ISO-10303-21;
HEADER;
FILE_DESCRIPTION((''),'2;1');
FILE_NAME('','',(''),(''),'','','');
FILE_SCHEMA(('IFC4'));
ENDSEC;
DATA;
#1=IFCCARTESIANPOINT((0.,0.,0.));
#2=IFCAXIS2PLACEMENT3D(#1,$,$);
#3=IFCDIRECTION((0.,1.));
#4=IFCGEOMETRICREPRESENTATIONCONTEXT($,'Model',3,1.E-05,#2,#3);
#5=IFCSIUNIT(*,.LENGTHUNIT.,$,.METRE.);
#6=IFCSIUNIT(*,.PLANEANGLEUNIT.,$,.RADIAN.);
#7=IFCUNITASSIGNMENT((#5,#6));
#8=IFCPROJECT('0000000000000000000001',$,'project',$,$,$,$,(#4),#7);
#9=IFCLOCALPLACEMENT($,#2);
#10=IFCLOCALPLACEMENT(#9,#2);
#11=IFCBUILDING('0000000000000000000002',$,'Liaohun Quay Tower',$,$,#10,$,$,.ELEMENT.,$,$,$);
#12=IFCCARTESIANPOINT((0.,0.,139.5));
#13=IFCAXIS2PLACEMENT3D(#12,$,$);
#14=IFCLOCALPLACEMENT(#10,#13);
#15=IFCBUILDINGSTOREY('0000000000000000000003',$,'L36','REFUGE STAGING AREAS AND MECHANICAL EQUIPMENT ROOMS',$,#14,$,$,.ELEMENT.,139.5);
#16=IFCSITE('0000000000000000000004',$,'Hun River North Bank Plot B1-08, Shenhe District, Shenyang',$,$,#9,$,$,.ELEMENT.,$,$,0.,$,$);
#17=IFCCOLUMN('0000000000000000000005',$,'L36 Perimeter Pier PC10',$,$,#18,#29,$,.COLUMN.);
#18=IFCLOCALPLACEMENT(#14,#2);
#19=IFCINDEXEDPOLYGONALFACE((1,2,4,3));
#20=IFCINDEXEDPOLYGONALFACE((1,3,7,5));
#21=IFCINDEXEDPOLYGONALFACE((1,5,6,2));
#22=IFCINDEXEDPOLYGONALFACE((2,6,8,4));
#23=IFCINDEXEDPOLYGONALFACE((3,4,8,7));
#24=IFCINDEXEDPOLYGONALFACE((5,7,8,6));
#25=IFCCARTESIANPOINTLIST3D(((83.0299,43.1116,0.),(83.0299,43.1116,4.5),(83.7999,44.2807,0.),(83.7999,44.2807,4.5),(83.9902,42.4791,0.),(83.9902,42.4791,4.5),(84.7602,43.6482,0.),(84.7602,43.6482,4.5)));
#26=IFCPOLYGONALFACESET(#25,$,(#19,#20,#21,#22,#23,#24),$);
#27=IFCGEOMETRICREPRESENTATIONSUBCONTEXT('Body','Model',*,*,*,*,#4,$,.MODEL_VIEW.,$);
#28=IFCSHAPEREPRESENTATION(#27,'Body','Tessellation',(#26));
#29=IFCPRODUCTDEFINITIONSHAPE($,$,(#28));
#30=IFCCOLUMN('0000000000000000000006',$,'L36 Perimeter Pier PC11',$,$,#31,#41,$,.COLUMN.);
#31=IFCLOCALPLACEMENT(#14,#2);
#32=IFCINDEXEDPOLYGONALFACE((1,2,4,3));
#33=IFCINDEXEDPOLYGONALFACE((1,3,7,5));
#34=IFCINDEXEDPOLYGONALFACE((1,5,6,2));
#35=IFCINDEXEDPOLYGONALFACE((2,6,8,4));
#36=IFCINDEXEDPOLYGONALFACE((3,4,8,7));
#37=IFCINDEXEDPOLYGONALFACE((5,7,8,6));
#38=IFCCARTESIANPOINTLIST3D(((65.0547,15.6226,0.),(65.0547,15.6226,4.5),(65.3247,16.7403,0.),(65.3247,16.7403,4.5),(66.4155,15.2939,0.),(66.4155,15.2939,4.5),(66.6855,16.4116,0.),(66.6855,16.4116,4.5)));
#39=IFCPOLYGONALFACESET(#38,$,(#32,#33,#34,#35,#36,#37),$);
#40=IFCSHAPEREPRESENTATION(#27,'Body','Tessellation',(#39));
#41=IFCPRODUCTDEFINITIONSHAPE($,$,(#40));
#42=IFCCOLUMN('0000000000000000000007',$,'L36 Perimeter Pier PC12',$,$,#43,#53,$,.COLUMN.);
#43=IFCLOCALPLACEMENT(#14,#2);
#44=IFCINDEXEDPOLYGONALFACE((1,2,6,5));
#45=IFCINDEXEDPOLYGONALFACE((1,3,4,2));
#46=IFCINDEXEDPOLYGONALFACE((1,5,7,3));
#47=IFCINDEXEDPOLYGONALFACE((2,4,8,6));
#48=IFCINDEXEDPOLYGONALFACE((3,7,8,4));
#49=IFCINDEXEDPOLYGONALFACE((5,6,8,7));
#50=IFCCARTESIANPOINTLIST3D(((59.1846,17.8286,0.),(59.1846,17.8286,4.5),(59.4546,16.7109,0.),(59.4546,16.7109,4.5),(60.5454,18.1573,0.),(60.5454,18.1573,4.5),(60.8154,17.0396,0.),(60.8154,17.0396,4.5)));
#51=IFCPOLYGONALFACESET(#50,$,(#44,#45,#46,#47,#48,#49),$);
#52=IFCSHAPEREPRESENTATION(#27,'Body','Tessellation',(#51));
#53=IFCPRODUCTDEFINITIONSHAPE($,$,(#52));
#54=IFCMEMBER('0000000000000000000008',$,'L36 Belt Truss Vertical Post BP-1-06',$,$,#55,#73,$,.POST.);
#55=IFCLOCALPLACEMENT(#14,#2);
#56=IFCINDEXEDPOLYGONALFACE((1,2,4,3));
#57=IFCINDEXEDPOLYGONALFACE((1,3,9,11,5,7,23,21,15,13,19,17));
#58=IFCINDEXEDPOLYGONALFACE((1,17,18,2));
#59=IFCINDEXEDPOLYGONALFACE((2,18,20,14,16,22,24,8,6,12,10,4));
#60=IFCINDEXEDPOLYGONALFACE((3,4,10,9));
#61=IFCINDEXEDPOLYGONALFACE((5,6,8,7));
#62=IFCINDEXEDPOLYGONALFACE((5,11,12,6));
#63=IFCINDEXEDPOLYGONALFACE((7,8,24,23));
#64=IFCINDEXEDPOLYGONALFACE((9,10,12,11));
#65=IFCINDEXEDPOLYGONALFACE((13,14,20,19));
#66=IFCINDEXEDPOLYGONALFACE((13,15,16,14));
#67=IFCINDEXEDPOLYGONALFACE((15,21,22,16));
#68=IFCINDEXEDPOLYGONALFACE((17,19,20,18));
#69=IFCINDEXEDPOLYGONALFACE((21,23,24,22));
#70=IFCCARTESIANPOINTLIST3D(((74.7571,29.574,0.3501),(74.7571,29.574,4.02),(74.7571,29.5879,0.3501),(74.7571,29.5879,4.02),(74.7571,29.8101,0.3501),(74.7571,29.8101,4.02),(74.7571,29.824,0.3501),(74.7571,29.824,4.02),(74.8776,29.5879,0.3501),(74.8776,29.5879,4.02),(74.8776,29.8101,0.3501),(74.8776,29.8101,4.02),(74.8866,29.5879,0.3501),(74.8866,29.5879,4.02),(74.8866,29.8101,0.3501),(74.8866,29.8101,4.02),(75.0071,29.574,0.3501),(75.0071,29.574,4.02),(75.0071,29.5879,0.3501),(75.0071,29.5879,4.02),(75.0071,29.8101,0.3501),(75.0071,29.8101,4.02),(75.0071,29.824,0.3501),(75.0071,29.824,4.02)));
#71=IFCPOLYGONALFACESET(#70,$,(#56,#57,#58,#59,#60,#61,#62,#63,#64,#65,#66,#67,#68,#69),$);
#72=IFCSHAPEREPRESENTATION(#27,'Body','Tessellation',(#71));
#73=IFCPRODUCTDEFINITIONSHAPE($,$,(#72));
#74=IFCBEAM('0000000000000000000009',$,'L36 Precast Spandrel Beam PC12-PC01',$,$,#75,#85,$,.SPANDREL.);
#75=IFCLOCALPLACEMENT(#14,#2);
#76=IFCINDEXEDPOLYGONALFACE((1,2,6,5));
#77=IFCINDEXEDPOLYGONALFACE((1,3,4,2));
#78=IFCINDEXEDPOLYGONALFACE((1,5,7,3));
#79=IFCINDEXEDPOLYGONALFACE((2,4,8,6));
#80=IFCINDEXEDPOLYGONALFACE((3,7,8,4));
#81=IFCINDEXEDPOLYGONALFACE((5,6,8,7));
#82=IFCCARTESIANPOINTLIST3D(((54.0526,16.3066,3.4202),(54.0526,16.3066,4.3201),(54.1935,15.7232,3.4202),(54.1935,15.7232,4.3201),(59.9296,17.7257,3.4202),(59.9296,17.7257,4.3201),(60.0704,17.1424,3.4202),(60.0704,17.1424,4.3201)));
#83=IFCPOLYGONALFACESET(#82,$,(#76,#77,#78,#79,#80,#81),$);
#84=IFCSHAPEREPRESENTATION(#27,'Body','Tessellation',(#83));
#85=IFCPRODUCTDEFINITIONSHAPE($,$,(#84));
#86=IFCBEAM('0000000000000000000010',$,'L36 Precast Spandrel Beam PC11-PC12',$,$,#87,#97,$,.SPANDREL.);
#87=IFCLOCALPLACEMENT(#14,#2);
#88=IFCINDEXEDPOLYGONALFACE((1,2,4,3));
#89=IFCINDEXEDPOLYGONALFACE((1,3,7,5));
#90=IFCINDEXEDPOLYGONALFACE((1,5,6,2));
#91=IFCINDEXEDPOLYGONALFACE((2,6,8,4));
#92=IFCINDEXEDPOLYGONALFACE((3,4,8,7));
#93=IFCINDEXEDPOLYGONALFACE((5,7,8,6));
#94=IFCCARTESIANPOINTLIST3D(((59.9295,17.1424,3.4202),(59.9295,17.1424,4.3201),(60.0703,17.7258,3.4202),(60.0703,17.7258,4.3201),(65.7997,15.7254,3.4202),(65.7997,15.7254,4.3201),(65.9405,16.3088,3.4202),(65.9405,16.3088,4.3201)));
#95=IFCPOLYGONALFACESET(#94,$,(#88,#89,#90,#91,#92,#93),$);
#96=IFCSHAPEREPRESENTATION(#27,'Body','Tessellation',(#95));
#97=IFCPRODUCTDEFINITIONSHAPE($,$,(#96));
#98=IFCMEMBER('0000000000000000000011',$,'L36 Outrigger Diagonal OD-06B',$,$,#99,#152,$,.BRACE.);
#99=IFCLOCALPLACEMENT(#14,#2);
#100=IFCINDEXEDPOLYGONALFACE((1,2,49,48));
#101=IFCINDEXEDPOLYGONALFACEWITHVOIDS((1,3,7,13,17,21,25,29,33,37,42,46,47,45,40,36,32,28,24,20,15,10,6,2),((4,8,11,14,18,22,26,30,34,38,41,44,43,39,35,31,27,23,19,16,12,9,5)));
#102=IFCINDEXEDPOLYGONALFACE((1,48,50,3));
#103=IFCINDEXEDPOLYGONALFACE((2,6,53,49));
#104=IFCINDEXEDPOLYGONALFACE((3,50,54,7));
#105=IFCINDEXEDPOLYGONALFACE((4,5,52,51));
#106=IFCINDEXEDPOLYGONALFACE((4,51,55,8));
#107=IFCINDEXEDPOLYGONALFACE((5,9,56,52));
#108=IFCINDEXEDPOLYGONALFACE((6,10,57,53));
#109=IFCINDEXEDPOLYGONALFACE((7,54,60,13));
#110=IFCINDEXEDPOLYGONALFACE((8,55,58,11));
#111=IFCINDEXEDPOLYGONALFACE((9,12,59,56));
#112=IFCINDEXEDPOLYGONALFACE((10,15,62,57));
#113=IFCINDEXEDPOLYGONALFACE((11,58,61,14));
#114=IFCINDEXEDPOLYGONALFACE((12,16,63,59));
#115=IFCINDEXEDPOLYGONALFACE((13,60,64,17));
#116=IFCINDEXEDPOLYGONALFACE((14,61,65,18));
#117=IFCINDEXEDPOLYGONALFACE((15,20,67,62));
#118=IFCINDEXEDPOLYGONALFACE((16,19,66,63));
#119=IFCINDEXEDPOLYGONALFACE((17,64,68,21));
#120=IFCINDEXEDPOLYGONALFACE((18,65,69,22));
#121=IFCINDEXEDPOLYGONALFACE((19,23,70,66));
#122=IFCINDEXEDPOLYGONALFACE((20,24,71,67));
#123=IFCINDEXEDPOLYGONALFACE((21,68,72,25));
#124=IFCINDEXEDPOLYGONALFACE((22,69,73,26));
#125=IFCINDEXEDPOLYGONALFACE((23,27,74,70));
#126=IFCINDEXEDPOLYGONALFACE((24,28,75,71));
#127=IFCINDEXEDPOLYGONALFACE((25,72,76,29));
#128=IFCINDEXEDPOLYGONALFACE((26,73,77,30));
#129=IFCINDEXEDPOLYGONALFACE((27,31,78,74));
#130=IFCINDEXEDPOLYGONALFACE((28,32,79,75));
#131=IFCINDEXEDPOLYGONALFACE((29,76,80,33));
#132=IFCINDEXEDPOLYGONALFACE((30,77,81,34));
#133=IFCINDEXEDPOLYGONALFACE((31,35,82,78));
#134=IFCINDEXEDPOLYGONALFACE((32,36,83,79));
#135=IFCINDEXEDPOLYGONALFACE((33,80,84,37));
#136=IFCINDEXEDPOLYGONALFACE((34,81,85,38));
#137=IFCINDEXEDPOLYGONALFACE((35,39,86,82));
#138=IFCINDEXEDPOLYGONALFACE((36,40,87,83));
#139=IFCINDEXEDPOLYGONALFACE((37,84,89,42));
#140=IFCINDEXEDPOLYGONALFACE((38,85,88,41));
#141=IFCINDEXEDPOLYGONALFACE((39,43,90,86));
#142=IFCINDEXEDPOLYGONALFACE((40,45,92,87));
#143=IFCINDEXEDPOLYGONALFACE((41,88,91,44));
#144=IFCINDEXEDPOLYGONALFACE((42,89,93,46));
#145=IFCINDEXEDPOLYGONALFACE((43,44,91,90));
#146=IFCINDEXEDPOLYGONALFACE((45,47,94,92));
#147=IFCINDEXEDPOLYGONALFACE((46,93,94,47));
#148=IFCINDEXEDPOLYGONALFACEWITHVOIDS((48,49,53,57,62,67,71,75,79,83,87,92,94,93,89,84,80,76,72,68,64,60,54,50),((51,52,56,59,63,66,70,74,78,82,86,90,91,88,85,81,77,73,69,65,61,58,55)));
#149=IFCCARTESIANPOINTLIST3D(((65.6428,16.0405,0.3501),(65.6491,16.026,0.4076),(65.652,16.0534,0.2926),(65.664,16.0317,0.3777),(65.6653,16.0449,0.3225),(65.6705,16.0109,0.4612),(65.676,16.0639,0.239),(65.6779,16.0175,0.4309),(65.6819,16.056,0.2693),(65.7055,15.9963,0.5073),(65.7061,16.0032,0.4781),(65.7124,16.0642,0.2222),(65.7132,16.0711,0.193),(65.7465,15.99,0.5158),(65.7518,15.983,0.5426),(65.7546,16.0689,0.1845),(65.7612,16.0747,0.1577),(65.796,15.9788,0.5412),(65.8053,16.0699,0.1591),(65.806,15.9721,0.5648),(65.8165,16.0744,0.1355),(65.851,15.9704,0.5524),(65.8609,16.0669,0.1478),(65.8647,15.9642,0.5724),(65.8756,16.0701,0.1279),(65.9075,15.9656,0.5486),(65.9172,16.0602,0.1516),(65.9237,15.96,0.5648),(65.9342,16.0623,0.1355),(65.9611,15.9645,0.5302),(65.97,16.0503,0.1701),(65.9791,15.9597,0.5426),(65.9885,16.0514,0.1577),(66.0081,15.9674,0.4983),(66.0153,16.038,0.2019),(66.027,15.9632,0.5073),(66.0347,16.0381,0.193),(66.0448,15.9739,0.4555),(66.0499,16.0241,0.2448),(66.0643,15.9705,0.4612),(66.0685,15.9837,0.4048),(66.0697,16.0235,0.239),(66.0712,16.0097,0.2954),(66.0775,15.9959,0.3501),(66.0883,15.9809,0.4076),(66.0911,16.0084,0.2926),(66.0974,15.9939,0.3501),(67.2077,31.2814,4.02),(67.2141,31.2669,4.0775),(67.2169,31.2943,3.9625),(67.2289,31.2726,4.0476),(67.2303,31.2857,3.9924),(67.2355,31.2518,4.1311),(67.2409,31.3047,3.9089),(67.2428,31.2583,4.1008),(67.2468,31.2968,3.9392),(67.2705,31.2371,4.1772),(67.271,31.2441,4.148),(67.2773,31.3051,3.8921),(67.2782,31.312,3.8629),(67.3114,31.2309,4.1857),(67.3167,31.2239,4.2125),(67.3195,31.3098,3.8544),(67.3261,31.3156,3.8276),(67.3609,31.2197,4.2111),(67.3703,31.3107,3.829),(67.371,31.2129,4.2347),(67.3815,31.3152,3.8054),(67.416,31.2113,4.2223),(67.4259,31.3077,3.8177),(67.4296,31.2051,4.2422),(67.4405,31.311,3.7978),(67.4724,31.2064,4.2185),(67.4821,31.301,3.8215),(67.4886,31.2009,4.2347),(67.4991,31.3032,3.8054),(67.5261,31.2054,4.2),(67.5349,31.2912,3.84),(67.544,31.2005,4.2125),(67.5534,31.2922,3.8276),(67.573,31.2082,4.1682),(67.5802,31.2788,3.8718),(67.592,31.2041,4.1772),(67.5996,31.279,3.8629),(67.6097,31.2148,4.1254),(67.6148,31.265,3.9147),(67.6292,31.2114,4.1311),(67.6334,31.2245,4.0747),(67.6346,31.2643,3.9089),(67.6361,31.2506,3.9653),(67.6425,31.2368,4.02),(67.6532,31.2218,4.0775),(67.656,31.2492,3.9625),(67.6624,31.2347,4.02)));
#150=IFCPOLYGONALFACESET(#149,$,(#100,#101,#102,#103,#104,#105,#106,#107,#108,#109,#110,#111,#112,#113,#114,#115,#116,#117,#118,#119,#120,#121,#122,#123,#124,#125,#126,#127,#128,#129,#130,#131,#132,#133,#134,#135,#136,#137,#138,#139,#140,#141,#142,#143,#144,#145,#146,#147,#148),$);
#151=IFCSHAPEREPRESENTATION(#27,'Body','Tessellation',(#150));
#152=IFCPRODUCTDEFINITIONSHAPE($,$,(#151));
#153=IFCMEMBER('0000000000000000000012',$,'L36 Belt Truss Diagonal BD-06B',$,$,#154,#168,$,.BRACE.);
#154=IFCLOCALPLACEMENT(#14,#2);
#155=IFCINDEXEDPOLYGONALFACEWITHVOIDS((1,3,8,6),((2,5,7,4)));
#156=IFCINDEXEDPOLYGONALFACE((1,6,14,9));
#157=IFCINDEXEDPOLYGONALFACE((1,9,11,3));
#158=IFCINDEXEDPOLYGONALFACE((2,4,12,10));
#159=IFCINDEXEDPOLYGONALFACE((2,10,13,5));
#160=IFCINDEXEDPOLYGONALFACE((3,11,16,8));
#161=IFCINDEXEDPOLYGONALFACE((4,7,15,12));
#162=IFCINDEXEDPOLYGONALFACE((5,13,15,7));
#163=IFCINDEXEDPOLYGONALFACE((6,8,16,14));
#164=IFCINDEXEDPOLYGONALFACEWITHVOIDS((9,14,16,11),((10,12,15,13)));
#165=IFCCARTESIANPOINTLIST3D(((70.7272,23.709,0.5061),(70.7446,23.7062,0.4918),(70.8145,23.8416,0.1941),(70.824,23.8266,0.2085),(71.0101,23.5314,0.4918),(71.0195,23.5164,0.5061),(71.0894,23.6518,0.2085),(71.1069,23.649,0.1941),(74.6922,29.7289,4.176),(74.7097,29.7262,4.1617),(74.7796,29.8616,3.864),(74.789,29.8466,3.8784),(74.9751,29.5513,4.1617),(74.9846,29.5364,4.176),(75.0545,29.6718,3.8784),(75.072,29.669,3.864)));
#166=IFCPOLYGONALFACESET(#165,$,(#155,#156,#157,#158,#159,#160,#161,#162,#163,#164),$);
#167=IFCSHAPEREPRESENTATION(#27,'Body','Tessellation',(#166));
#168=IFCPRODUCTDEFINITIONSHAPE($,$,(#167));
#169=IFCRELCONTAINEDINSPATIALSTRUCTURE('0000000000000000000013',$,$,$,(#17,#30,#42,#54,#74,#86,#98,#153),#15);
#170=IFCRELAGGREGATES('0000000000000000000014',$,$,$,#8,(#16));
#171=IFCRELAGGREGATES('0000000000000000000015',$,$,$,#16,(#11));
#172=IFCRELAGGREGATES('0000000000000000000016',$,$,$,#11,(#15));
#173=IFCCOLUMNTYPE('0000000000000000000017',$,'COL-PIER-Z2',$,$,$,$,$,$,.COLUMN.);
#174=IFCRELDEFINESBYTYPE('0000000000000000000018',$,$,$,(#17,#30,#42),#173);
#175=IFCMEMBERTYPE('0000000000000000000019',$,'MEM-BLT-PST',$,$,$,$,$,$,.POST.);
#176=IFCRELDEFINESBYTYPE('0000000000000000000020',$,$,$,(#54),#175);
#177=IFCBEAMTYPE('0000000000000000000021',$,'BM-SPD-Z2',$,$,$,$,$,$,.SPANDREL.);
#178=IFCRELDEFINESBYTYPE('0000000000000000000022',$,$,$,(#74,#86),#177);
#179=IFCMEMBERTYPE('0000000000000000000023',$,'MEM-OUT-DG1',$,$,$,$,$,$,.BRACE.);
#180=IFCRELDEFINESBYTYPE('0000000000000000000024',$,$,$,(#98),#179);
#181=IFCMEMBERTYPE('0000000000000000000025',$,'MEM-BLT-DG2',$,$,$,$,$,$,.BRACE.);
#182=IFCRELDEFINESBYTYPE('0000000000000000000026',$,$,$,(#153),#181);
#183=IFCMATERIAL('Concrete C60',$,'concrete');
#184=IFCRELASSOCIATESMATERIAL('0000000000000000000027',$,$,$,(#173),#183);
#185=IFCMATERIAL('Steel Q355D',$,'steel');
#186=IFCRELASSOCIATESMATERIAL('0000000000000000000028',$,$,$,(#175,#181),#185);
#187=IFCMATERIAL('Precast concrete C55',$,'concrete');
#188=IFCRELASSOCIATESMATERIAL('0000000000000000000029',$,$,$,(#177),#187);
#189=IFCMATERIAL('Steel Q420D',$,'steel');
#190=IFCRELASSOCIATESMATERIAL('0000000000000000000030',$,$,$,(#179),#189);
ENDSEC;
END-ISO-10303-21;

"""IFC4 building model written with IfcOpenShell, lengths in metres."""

from ifc_helpers import new_model, si_unit, direction, frame, origin, origin_2d, place, context, subcontext, project, spatial, rectangle, hollow_rectangle, hollow_circle, i_section, extrude, source, transform, mapped, material, material_profile, profile_set, type_object, element, save


model = new_model("IFC4")

# Units and contexts
model_context = context("Model", 3, precision=1e-05, world=origin(), true_north=direction((0.0, 1.0)))
body_context = subcontext(model_context, "Body", "Model", "MODEL_VIEW")
ifc_project = project(units=[si_unit("LENGTHUNIT", "METRE"), si_unit("PLANEANGLEUNIT", "RADIAN")], contexts=[model_context])

# Site, building, storey
site_placement = place(None, origin())
site = spatial("IfcSite", under=ifc_project, at=site_placement, Name="Hun River North Bank Plot B1-08, Shenhe District, Shenyang", CompositionType="ELEMENT", RefElevation=0.0)
building_placement = place(site_placement, origin())
building = spatial("IfcBuilding", under=site, at=building_placement, Name="Liaohun Quay Tower", CompositionType="ELEMENT")
storey_placement = place(building_placement, frame((0.0, 0.0, 139.5)))
storey = spatial("IfcBuildingStorey", under=building, at=storey_placement, Name="L36", Description="REFUGE STAGING AREAS AND MECHANICAL EQUIPMENT ROOMS", CompositionType="ELEMENT", Elevation=139.5)

# Columns
ifc_material_1 = material(Name="Concrete C60", Category="concrete")
ifc_material_profile_1 = material_profile(ifc_material_1, rectangle(XDim=1.3999, YDim=1.1499, at=origin_2d()), Name="RC1400x1150")
ifc_profile_set_1 = profile_set([ifc_material_profile_1], Name="Concrete C60")
column_type = type_object("IfcColumnType", Name="COL-PIER-Z2", PredefinedType="COLUMN", material=ifc_profile_set_1)
shared_shape_1 = source(origin(), body_context, "Body", "SweptSolid", [
    extrude(rectangle(XDim=1.3999, YDim=1.1499, at=origin_2d()), origin(), (0.0, 0.0, 1.0), 4.5),
])
for number, where, z_axis, x_axis, name in (
    (1, (83.895, 43.3799, 0.0), (0.0, 0.0, 1.0), (0.550044, 0.835136, 0.0), "L36 Perimeter Pier PC10"),
    (2, (65.8701, 16.0171, 0.0), (0.0, 0.0, 1.0), (-0.972043, 0.234803, 0.0), "L36 Perimeter Pier PC11"),
    (3, (60.0, 17.4341, 0.0), (0.0, 0.0, 1.0), (0.972043, 0.234803, 0.0), "L36 Perimeter Pier PC12"),
):
    element("IfcColumn", number, at=place(storey_placement, frame(where, z_axis=z_axis, x_axis=x_axis)), inside=storey, type_object=column_type, Name=name, PredefinedType="COLUMN", context=body_context, shape_type="MappedRepresentation", body=[
        mapped(shared_shape_1, transform((0.0, 0.0, 0.0), x_axis=(1.0, 0.0, 0.0), y_axis=(0.0, 1.0, 0.0), z_axis=(0.0, 0.0, 1.0), scale=1.0)),
    ])

# Member
ifc_material_2 = material(Name="Steel Q355D", Category="steel")
ifc_material_profile_2 = material_profile(ifc_material_2, i_section(OverallWidth=0.25, OverallDepth=0.25, WebThickness=0.009, FlangeThickness=0.0139, at=origin_2d()), Name="HW250x250x9x14")
ifc_profile_set_2 = profile_set([ifc_material_profile_2], Name="Steel Q355D")
member_type_1 = type_object("IfcMemberType", Name="MEM-BLT-PST", PredefinedType="POST", material=ifc_profile_set_2)
shared_shape_2 = source(origin(), body_context, "Body", "SweptSolid", [
    extrude(i_section(OverallWidth=0.25, OverallDepth=0.25, WebThickness=0.009, FlangeThickness=0.0139, at=origin_2d()), origin(), (0.0, 0.0, 1.0), 3.6699),
])
member_1_placement = place(storey_placement, frame((74.8821, 29.699, 0.3501), z_axis=(0.0, 0.0, 1.0), x_axis=(1.0, 0.0, 0.0)))
element("IfcMember", 4, at=member_1_placement, inside=storey, type_object=member_type_1, Name="L36 Belt Truss Vertical Post BP-1-06", PredefinedType="POST", context=body_context, shape_type="MappedRepresentation", body=[
    mapped(shared_shape_2, transform((0.0, 0.0, 0.0), x_axis=(1.0, 0.0, 0.0), y_axis=(0.0, 1.0, 0.0), z_axis=(0.0, 0.0, 1.0), scale=1.0)),
])

# Beams
ifc_material_3 = material(Name="Precast concrete C55", Category="concrete")
ifc_material_profile_3 = material_profile(ifc_material_3, rectangle(XDim=0.6001, YDim=0.8999, at=origin_2d()), Name="RC600x900")
ifc_profile_set_3 = profile_set([ifc_material_profile_3], Name="Precast concrete C55")
beam_type = type_object("IfcBeamType", Name="BM-SPD-Z2", PredefinedType="SPANDREL", material=ifc_profile_set_3)
shared_shape_3 = source(origin(), body_context, "Body", "SweptSolid", [
    extrude(rectangle(XDim=0.6001, YDim=0.8999, at=origin_2d()), origin(), (0.0, 0.0, 1.0), 6.0459),
])
beam_1_placement = place(storey_placement, frame((60.0, 17.4341, 3.8701), z_axis=(-0.972059, -0.234737, 0.0), x_axis=(0.234737, -0.972059, 0.0)))
element("IfcBeam", 5, at=beam_1_placement, inside=storey, type_object=beam_type, Name="L36 Precast Spandrel Beam PC12-PC01", PredefinedType="SPANDREL", context=body_context, shape_type="MappedRepresentation", body=[
    mapped(shared_shape_3, transform((0.0, 0.0, 0.0), x_axis=(1.0, 0.0, 0.0), y_axis=(0.0, 1.0, 0.0), z_axis=(0.0, 0.0, 1.0), scale=1.0)),
])
shared_shape_4 = source(origin(), body_context, "Body", "SweptSolid", [
    extrude(rectangle(XDim=0.6001, YDim=0.8999, at=origin_2d()), origin(), (0.0, 0.0, 1.0), 6.0388),
])
beam_2_placement = place(storey_placement, frame((65.8701, 16.0171, 3.8701), z_axis=(-0.97208, 0.234651, 0.0), x_axis=(-0.234651, -0.97208, 0.0)))
element("IfcBeam", 6, at=beam_2_placement, inside=storey, type_object=beam_type, Name="L36 Precast Spandrel Beam PC11-PC12", PredefinedType="SPANDREL", context=body_context, shape_type="MappedRepresentation", body=[
    mapped(shared_shape_4, transform((0.0, 0.0, 0.0), x_axis=(1.0, 0.0, 0.0), y_axis=(0.0, 1.0, 0.0), z_axis=(0.0, 0.0, 1.0), scale=1.0)),
])

# Members
ifc_material_4 = material(Name="Steel Q420D", Category="steel")
ifc_material_profile_4 = material_profile(ifc_material_4, hollow_circle(Radius=0.2285, WallThickness=0.02, at=origin_2d()), Name="CHS457x20")
ifc_profile_set_4 = profile_set([ifc_material_profile_4], Name="Steel Q420D")
member_type_2 = type_object("IfcMemberType", Name="MEM-OUT-DG1", PredefinedType="BRACE", material=ifc_profile_set_4)
shared_shape_5 = source(origin(), body_context, "Body", "SweptSolid", [
    extrude(hollow_circle(Radius=0.2285, WallThickness=0.02, at=origin_2d()), origin(), (0.0, 0.0, 1.0), 15.7544),
])
member_2_placement = place(storey_placement, frame((67.4351, 31.2581, 4.02), z_axis=(-0.099333, -0.967404, -0.232944), x_axis=(0.99477, -0.102143, 0.0)))
element("IfcMember", 7, at=member_2_placement, inside=storey, type_object=member_type_2, Name="L36 Outrigger Diagonal OD-06B", PredefinedType="BRACE", context=body_context, shape_type="MappedRepresentation", body=[
    mapped(shared_shape_5, transform((0.0, 0.0, 0.0), x_axis=(1.0, 0.0, 0.0), y_axis=(0.0, 1.0, 0.0), z_axis=(0.0, 0.0, 1.0), scale=1.0)),
])
ifc_material_profile_5 = material_profile(ifc_material_2, hollow_rectangle(XDim=0.3501, YDim=0.3501, WallThickness=0.0161, at=origin_2d()), Name="SHS350x350x16")
ifc_profile_set_5 = profile_set([ifc_material_profile_5], Name="Steel Q355D")
member_type_3 = type_object("IfcMemberType", Name="MEM-BLT-DG2", PredefinedType="BRACE", material=ifc_profile_set_5)
shared_shape_6 = source(origin(), body_context, "Body", "SweptSolid", [
    extrude(hollow_rectangle(XDim=0.3501, YDim=0.3501, WallThickness=0.0161, at=origin_2d()), origin(), (0.0, 0.0, 1.0), 8.0889),
])
member_3_placement = place(storey_placement, frame((74.8821, 29.699, 4.02), z_axis=(-0.490187, -0.744229, -0.453696), x_axis=(0.835127, -0.550057, 0.0)))
element("IfcMember", 8, at=member_3_placement, inside=storey, type_object=member_type_3, Name="L36 Belt Truss Diagonal BD-06B", PredefinedType="BRACE", context=body_context, shape_type="MappedRepresentation", body=[
    mapped(shared_shape_6, transform((0.0, 0.0, 0.0), x_axis=(1.0, 0.0, 0.0), y_axis=(0.0, 1.0, 0.0), z_axis=(0.0, 0.0, 1.0), scale=1.0)),
])

save(model, "model.ifc")
